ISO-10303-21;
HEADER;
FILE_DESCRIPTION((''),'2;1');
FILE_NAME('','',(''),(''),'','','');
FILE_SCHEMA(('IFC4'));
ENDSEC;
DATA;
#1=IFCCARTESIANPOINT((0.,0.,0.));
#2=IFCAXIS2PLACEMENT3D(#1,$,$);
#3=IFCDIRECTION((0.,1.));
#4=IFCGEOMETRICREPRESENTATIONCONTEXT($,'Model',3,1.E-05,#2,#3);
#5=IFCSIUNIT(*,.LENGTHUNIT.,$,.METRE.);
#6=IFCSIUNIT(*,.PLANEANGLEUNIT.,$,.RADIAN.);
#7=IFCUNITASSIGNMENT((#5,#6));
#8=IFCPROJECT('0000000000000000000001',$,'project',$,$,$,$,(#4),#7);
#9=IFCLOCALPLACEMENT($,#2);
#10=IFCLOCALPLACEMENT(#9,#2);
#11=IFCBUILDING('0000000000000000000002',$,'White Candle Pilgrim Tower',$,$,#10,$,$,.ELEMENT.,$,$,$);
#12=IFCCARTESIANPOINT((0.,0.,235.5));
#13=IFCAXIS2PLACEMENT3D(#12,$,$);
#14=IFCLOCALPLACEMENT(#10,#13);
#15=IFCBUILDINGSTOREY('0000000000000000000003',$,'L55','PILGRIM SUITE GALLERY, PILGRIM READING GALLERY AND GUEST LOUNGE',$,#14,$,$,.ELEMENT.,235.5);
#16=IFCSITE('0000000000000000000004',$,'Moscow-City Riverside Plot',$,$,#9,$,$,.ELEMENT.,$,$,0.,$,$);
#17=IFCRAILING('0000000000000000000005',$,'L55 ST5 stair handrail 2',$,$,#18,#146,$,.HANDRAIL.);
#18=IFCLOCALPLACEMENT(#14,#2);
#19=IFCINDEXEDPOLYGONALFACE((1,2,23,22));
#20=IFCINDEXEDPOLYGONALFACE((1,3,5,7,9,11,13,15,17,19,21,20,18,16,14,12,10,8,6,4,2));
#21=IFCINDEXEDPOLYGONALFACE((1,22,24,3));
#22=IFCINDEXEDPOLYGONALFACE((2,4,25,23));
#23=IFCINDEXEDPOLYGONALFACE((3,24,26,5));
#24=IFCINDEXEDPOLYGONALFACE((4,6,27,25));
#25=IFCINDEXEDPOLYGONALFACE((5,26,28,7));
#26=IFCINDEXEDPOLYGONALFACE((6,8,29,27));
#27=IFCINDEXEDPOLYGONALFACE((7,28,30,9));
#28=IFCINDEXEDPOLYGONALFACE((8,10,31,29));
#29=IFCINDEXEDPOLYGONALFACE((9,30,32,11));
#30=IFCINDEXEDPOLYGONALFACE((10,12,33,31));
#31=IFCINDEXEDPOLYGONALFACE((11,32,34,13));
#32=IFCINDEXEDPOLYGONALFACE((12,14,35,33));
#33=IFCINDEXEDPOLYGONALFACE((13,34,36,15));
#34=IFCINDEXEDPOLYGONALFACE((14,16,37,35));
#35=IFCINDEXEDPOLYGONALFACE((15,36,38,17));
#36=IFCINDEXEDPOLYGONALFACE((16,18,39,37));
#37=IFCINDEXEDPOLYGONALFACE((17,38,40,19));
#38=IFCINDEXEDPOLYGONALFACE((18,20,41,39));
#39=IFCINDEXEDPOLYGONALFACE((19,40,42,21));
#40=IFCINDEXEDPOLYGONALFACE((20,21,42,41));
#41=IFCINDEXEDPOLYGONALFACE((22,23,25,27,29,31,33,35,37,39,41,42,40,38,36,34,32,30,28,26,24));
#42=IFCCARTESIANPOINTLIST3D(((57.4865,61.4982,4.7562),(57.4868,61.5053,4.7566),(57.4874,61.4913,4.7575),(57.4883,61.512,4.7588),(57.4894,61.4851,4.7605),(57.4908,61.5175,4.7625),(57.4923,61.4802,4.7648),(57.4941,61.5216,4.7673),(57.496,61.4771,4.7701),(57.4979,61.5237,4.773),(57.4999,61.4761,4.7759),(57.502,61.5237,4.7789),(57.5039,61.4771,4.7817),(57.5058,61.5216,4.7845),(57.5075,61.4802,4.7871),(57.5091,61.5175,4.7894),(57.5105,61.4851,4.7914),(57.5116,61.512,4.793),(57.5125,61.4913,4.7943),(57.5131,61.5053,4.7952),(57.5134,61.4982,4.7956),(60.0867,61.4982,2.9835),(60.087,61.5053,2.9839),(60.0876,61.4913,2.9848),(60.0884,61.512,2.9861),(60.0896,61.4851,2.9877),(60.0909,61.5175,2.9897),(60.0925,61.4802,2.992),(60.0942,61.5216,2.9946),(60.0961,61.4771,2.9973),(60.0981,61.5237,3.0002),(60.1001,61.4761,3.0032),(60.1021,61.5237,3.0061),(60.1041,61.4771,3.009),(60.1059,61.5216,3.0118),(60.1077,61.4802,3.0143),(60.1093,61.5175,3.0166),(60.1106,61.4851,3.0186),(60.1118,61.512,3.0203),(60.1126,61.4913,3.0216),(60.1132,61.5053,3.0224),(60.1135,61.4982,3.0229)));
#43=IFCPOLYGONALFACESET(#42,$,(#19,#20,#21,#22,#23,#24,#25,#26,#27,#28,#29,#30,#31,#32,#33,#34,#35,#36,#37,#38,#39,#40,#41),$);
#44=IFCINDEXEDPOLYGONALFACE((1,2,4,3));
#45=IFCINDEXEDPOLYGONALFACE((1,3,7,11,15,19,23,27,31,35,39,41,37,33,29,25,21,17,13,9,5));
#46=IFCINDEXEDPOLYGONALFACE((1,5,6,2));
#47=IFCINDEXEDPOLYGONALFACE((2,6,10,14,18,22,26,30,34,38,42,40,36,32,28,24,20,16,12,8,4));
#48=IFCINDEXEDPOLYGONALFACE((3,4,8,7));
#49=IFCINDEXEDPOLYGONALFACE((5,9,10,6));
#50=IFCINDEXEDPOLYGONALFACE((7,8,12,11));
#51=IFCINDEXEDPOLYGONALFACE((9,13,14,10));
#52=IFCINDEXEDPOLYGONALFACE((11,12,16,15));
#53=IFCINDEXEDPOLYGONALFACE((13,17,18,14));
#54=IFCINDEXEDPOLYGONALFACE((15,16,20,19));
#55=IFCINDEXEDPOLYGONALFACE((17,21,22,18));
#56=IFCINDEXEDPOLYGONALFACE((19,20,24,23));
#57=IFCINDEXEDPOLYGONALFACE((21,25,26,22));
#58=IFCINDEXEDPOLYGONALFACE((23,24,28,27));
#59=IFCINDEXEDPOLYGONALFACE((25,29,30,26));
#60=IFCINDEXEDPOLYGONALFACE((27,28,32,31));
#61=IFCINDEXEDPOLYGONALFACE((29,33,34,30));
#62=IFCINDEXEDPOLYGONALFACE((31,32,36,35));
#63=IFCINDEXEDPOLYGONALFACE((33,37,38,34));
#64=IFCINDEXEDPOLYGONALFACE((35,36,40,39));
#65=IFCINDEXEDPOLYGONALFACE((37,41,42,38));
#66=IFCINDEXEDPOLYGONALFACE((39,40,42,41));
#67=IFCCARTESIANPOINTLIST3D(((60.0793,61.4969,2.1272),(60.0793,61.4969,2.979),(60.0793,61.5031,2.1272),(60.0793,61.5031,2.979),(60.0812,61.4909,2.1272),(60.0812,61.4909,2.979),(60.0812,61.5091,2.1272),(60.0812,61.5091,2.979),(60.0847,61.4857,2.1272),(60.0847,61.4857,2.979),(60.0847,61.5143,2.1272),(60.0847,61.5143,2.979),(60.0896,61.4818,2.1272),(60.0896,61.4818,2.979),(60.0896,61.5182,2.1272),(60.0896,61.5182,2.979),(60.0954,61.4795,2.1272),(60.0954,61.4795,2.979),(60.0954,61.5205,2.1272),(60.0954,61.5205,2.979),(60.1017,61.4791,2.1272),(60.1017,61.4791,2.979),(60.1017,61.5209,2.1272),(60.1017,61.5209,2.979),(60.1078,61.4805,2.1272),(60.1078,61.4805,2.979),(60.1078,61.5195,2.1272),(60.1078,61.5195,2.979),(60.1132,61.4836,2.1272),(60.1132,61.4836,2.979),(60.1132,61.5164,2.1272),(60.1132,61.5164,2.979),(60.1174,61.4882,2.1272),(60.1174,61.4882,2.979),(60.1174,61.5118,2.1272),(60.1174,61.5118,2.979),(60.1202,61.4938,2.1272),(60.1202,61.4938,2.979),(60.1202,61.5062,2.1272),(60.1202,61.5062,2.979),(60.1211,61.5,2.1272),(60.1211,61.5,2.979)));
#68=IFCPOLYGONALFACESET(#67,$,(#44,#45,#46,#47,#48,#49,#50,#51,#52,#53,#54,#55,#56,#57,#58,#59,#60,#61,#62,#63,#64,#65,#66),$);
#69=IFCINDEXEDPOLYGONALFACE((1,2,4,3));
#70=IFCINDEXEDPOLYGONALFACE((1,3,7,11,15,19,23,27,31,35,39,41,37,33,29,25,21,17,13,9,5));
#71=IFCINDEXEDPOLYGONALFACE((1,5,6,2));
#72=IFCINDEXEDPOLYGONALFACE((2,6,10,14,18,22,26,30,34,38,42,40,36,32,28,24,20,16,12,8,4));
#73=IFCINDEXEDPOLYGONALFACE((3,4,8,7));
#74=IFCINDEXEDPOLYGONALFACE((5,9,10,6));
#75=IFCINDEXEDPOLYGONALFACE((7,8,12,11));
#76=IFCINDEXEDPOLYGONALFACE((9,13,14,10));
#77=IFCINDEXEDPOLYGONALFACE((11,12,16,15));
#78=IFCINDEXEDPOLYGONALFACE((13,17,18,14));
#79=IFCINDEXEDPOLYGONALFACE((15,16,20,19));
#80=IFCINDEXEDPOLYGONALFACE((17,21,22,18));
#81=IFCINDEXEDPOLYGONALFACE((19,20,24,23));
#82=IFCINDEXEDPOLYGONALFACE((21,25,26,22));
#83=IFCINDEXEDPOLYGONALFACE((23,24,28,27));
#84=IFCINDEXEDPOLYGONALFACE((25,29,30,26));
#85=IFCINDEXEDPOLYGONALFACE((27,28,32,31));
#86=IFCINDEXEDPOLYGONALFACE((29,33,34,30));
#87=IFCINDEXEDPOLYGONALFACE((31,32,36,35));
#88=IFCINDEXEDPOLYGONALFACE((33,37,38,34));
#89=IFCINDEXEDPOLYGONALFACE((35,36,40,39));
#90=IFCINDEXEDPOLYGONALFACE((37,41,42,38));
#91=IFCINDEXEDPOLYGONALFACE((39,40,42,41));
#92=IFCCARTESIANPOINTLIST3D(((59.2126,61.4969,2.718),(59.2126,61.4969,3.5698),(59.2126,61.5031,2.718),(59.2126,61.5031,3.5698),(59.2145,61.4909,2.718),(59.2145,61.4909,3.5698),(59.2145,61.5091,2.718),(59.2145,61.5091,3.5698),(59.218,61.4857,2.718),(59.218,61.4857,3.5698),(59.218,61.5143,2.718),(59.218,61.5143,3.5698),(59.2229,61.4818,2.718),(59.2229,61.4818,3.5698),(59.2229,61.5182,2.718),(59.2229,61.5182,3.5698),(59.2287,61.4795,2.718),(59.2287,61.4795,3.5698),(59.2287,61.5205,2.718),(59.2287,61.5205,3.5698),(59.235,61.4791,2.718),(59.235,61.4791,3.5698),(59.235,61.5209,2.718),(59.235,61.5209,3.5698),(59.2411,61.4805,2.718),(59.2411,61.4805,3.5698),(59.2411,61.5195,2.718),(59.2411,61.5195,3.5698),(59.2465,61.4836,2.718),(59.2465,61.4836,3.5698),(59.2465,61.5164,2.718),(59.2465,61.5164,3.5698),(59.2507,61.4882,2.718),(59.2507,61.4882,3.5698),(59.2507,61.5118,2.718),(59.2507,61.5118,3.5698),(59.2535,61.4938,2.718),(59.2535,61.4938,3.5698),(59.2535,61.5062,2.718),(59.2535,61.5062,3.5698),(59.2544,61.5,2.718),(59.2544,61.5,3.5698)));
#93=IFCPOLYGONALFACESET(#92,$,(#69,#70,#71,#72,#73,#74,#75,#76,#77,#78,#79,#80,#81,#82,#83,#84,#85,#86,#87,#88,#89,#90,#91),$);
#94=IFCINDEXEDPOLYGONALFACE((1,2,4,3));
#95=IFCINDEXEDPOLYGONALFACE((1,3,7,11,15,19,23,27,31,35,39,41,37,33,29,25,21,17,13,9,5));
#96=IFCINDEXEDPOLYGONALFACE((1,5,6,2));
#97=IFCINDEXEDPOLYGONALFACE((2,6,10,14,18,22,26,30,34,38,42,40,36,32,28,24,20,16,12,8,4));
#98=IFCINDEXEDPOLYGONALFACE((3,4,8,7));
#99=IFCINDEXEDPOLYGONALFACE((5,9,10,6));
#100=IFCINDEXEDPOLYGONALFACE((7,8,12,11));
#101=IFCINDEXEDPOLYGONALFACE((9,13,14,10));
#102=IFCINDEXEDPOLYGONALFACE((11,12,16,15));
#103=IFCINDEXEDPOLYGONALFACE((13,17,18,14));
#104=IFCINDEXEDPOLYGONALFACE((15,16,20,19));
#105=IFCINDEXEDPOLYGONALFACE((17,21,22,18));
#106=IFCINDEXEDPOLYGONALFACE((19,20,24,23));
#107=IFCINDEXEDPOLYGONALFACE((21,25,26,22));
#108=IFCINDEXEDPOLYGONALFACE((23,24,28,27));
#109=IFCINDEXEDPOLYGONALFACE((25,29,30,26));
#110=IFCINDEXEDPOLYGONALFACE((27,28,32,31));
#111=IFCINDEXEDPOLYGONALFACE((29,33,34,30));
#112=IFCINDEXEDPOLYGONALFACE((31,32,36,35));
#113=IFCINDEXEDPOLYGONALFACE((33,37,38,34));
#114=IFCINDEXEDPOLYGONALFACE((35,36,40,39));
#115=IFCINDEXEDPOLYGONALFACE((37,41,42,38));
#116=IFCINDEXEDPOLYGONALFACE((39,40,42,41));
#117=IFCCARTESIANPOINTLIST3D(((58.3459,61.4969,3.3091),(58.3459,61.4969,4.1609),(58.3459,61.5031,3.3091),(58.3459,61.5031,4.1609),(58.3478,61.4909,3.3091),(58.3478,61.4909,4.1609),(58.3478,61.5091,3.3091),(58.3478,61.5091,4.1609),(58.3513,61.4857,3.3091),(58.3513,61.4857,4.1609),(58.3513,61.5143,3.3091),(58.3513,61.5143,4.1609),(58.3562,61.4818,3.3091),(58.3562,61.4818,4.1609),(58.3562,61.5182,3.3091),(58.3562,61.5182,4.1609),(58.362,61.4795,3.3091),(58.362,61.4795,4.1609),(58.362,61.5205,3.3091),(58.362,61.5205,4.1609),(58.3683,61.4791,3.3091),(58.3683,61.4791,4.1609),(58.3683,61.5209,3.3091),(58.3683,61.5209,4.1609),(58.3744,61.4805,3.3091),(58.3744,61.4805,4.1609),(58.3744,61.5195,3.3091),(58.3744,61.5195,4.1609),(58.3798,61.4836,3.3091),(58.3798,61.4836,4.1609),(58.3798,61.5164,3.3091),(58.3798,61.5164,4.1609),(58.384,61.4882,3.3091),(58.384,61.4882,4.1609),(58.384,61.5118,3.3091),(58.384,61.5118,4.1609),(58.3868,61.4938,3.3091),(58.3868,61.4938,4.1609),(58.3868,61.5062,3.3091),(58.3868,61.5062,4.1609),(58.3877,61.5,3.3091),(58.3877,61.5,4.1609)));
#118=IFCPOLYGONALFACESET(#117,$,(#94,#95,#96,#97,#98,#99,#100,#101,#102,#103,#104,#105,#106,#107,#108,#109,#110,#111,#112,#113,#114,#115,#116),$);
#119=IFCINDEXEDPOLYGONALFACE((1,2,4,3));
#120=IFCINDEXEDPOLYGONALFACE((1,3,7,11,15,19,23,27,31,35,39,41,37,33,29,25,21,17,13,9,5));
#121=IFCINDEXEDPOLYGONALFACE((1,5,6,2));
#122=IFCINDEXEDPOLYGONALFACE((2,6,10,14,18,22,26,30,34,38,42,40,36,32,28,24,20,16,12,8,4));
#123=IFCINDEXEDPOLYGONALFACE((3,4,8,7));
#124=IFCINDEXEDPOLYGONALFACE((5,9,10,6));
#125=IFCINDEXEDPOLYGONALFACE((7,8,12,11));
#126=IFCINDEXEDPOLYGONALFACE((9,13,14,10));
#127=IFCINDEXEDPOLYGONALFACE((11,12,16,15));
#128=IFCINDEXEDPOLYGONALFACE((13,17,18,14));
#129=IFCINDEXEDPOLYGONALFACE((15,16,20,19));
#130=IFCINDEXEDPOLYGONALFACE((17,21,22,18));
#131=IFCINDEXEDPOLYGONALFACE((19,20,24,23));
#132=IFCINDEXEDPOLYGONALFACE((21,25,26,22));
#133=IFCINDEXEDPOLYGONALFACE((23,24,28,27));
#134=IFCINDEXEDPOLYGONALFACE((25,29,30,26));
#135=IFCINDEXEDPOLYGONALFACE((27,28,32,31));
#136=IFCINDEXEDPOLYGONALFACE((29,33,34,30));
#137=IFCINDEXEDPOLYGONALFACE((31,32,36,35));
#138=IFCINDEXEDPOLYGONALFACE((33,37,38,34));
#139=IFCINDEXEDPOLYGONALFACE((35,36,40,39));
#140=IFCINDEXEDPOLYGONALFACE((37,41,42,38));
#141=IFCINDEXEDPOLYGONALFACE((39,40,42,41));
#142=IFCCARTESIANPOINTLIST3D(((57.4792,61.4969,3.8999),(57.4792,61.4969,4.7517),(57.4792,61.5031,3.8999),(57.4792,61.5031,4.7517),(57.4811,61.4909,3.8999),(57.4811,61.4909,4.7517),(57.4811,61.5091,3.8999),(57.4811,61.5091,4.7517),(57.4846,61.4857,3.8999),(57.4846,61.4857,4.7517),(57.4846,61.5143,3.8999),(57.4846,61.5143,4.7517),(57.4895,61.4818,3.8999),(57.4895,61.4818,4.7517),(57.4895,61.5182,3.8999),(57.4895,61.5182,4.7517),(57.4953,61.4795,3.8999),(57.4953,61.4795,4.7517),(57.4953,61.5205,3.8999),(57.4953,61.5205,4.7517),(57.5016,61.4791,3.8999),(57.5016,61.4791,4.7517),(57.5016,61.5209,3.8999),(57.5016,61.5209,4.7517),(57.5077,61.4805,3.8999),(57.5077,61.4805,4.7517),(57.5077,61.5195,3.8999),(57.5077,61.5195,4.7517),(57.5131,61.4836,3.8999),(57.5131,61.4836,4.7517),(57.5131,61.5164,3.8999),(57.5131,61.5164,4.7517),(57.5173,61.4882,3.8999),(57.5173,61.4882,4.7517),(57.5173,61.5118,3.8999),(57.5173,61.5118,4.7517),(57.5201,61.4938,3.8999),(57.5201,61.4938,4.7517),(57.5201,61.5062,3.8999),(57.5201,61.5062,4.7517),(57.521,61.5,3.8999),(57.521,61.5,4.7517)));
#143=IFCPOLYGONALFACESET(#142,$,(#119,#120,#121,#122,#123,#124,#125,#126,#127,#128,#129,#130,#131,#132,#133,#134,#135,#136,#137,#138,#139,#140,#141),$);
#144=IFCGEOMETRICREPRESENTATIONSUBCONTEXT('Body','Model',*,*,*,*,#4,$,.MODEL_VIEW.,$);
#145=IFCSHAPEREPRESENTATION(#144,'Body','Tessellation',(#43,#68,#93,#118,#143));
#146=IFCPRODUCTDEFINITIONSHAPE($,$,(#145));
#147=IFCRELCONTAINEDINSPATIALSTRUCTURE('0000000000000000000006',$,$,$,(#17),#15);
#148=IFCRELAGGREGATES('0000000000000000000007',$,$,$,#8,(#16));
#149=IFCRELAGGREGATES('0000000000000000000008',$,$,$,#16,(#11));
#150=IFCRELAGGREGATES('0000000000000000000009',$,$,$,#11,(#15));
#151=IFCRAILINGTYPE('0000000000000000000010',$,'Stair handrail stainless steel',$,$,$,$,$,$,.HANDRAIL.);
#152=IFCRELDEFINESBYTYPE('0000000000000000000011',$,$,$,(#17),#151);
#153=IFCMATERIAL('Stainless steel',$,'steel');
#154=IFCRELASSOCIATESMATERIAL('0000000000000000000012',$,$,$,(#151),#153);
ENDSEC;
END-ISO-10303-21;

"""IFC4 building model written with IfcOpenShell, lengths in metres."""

from ifc_helpers import new_model, si_unit, direction, frame, origin, origin_2d, place, context, subcontext, project, spatial, circle, extrude, material, type_object, element, save


model = new_model("IFC4")

# Units and contexts
model_context = context("Model", 3, precision=1e-05, world=origin(), true_north=direction((0.0, 1.0)))
body_context = subcontext(model_context, "Body", "Model", "MODEL_VIEW")
ifc_project = project(units=[si_unit("LENGTHUNIT", "METRE"), si_unit("PLANEANGLEUNIT", "RADIAN")], contexts=[model_context])

# Site, building, storey
site_placement = place(None, origin())
site = spatial("IfcSite", under=ifc_project, at=site_placement, Name="Moscow-City Riverside Plot", CompositionType="ELEMENT", RefElevation=0.0)
building_placement = place(site_placement, origin())
building = spatial("IfcBuilding", under=site, at=building_placement, Name="White Candle Pilgrim Tower", CompositionType="ELEMENT")
storey_placement = place(building_placement, frame((0.0, 0.0, 235.5)))
storey = spatial("IfcBuildingStorey", under=building, at=storey_placement, Name="L55", Description="PILGRIM SUITE GALLERY, PILGRIM READING GALLERY AND GUEST LOUNGE", CompositionType="ELEMENT", Elevation=235.5)

# Railing
ifc_material_1 = material(Name="Stainless steel", Category="steel")
railing_type_1 = type_object("IfcRailingType", Name="Stair handrail stainless steel", PredefinedType="HANDRAIL", material=ifc_material_1)
railing_1_placement = place(storey_placement, frame((60.1001, 61.5, 2.1272)))
element("IfcRailing", 1, at=railing_1_placement, inside=storey, type_object=railing_type_1, Name="L55 ST5 stair handrail 2", PredefinedType="HANDRAIL", context=body_context, shape_type="SweptSolid", body=[
    extrude(circle(Radius=0.0239, at=origin_2d()), frame((0.0, 0.0, 0.876), z_axis=(-0.82624, 0.0, 0.563318), x_axis=(0.0, -1.0, 0.0)), (0.0, 0.0, 1.0), 3.147),
    extrude(circle(Radius=0.021, at=origin_2d()), origin(), (0.0, 0.0, 1.0), 0.8518),
    extrude(circle(Radius=0.021, at=origin_2d()), frame((-0.8667, 0.0, 0.5908)), (0.0, 0.0, 1.0), 0.8518),
    extrude(circle(Radius=0.021, at=origin_2d()), frame((-1.7334, 0.0, 1.1819)), (0.0, 0.0, 1.0), 0.8518),
    extrude(circle(Radius=0.021, at=origin_2d()), frame((-2.6001, 0.0, 1.7727)), (0.0, 0.0, 1.0), 0.8518),
])

save(model, "model.ifc")
